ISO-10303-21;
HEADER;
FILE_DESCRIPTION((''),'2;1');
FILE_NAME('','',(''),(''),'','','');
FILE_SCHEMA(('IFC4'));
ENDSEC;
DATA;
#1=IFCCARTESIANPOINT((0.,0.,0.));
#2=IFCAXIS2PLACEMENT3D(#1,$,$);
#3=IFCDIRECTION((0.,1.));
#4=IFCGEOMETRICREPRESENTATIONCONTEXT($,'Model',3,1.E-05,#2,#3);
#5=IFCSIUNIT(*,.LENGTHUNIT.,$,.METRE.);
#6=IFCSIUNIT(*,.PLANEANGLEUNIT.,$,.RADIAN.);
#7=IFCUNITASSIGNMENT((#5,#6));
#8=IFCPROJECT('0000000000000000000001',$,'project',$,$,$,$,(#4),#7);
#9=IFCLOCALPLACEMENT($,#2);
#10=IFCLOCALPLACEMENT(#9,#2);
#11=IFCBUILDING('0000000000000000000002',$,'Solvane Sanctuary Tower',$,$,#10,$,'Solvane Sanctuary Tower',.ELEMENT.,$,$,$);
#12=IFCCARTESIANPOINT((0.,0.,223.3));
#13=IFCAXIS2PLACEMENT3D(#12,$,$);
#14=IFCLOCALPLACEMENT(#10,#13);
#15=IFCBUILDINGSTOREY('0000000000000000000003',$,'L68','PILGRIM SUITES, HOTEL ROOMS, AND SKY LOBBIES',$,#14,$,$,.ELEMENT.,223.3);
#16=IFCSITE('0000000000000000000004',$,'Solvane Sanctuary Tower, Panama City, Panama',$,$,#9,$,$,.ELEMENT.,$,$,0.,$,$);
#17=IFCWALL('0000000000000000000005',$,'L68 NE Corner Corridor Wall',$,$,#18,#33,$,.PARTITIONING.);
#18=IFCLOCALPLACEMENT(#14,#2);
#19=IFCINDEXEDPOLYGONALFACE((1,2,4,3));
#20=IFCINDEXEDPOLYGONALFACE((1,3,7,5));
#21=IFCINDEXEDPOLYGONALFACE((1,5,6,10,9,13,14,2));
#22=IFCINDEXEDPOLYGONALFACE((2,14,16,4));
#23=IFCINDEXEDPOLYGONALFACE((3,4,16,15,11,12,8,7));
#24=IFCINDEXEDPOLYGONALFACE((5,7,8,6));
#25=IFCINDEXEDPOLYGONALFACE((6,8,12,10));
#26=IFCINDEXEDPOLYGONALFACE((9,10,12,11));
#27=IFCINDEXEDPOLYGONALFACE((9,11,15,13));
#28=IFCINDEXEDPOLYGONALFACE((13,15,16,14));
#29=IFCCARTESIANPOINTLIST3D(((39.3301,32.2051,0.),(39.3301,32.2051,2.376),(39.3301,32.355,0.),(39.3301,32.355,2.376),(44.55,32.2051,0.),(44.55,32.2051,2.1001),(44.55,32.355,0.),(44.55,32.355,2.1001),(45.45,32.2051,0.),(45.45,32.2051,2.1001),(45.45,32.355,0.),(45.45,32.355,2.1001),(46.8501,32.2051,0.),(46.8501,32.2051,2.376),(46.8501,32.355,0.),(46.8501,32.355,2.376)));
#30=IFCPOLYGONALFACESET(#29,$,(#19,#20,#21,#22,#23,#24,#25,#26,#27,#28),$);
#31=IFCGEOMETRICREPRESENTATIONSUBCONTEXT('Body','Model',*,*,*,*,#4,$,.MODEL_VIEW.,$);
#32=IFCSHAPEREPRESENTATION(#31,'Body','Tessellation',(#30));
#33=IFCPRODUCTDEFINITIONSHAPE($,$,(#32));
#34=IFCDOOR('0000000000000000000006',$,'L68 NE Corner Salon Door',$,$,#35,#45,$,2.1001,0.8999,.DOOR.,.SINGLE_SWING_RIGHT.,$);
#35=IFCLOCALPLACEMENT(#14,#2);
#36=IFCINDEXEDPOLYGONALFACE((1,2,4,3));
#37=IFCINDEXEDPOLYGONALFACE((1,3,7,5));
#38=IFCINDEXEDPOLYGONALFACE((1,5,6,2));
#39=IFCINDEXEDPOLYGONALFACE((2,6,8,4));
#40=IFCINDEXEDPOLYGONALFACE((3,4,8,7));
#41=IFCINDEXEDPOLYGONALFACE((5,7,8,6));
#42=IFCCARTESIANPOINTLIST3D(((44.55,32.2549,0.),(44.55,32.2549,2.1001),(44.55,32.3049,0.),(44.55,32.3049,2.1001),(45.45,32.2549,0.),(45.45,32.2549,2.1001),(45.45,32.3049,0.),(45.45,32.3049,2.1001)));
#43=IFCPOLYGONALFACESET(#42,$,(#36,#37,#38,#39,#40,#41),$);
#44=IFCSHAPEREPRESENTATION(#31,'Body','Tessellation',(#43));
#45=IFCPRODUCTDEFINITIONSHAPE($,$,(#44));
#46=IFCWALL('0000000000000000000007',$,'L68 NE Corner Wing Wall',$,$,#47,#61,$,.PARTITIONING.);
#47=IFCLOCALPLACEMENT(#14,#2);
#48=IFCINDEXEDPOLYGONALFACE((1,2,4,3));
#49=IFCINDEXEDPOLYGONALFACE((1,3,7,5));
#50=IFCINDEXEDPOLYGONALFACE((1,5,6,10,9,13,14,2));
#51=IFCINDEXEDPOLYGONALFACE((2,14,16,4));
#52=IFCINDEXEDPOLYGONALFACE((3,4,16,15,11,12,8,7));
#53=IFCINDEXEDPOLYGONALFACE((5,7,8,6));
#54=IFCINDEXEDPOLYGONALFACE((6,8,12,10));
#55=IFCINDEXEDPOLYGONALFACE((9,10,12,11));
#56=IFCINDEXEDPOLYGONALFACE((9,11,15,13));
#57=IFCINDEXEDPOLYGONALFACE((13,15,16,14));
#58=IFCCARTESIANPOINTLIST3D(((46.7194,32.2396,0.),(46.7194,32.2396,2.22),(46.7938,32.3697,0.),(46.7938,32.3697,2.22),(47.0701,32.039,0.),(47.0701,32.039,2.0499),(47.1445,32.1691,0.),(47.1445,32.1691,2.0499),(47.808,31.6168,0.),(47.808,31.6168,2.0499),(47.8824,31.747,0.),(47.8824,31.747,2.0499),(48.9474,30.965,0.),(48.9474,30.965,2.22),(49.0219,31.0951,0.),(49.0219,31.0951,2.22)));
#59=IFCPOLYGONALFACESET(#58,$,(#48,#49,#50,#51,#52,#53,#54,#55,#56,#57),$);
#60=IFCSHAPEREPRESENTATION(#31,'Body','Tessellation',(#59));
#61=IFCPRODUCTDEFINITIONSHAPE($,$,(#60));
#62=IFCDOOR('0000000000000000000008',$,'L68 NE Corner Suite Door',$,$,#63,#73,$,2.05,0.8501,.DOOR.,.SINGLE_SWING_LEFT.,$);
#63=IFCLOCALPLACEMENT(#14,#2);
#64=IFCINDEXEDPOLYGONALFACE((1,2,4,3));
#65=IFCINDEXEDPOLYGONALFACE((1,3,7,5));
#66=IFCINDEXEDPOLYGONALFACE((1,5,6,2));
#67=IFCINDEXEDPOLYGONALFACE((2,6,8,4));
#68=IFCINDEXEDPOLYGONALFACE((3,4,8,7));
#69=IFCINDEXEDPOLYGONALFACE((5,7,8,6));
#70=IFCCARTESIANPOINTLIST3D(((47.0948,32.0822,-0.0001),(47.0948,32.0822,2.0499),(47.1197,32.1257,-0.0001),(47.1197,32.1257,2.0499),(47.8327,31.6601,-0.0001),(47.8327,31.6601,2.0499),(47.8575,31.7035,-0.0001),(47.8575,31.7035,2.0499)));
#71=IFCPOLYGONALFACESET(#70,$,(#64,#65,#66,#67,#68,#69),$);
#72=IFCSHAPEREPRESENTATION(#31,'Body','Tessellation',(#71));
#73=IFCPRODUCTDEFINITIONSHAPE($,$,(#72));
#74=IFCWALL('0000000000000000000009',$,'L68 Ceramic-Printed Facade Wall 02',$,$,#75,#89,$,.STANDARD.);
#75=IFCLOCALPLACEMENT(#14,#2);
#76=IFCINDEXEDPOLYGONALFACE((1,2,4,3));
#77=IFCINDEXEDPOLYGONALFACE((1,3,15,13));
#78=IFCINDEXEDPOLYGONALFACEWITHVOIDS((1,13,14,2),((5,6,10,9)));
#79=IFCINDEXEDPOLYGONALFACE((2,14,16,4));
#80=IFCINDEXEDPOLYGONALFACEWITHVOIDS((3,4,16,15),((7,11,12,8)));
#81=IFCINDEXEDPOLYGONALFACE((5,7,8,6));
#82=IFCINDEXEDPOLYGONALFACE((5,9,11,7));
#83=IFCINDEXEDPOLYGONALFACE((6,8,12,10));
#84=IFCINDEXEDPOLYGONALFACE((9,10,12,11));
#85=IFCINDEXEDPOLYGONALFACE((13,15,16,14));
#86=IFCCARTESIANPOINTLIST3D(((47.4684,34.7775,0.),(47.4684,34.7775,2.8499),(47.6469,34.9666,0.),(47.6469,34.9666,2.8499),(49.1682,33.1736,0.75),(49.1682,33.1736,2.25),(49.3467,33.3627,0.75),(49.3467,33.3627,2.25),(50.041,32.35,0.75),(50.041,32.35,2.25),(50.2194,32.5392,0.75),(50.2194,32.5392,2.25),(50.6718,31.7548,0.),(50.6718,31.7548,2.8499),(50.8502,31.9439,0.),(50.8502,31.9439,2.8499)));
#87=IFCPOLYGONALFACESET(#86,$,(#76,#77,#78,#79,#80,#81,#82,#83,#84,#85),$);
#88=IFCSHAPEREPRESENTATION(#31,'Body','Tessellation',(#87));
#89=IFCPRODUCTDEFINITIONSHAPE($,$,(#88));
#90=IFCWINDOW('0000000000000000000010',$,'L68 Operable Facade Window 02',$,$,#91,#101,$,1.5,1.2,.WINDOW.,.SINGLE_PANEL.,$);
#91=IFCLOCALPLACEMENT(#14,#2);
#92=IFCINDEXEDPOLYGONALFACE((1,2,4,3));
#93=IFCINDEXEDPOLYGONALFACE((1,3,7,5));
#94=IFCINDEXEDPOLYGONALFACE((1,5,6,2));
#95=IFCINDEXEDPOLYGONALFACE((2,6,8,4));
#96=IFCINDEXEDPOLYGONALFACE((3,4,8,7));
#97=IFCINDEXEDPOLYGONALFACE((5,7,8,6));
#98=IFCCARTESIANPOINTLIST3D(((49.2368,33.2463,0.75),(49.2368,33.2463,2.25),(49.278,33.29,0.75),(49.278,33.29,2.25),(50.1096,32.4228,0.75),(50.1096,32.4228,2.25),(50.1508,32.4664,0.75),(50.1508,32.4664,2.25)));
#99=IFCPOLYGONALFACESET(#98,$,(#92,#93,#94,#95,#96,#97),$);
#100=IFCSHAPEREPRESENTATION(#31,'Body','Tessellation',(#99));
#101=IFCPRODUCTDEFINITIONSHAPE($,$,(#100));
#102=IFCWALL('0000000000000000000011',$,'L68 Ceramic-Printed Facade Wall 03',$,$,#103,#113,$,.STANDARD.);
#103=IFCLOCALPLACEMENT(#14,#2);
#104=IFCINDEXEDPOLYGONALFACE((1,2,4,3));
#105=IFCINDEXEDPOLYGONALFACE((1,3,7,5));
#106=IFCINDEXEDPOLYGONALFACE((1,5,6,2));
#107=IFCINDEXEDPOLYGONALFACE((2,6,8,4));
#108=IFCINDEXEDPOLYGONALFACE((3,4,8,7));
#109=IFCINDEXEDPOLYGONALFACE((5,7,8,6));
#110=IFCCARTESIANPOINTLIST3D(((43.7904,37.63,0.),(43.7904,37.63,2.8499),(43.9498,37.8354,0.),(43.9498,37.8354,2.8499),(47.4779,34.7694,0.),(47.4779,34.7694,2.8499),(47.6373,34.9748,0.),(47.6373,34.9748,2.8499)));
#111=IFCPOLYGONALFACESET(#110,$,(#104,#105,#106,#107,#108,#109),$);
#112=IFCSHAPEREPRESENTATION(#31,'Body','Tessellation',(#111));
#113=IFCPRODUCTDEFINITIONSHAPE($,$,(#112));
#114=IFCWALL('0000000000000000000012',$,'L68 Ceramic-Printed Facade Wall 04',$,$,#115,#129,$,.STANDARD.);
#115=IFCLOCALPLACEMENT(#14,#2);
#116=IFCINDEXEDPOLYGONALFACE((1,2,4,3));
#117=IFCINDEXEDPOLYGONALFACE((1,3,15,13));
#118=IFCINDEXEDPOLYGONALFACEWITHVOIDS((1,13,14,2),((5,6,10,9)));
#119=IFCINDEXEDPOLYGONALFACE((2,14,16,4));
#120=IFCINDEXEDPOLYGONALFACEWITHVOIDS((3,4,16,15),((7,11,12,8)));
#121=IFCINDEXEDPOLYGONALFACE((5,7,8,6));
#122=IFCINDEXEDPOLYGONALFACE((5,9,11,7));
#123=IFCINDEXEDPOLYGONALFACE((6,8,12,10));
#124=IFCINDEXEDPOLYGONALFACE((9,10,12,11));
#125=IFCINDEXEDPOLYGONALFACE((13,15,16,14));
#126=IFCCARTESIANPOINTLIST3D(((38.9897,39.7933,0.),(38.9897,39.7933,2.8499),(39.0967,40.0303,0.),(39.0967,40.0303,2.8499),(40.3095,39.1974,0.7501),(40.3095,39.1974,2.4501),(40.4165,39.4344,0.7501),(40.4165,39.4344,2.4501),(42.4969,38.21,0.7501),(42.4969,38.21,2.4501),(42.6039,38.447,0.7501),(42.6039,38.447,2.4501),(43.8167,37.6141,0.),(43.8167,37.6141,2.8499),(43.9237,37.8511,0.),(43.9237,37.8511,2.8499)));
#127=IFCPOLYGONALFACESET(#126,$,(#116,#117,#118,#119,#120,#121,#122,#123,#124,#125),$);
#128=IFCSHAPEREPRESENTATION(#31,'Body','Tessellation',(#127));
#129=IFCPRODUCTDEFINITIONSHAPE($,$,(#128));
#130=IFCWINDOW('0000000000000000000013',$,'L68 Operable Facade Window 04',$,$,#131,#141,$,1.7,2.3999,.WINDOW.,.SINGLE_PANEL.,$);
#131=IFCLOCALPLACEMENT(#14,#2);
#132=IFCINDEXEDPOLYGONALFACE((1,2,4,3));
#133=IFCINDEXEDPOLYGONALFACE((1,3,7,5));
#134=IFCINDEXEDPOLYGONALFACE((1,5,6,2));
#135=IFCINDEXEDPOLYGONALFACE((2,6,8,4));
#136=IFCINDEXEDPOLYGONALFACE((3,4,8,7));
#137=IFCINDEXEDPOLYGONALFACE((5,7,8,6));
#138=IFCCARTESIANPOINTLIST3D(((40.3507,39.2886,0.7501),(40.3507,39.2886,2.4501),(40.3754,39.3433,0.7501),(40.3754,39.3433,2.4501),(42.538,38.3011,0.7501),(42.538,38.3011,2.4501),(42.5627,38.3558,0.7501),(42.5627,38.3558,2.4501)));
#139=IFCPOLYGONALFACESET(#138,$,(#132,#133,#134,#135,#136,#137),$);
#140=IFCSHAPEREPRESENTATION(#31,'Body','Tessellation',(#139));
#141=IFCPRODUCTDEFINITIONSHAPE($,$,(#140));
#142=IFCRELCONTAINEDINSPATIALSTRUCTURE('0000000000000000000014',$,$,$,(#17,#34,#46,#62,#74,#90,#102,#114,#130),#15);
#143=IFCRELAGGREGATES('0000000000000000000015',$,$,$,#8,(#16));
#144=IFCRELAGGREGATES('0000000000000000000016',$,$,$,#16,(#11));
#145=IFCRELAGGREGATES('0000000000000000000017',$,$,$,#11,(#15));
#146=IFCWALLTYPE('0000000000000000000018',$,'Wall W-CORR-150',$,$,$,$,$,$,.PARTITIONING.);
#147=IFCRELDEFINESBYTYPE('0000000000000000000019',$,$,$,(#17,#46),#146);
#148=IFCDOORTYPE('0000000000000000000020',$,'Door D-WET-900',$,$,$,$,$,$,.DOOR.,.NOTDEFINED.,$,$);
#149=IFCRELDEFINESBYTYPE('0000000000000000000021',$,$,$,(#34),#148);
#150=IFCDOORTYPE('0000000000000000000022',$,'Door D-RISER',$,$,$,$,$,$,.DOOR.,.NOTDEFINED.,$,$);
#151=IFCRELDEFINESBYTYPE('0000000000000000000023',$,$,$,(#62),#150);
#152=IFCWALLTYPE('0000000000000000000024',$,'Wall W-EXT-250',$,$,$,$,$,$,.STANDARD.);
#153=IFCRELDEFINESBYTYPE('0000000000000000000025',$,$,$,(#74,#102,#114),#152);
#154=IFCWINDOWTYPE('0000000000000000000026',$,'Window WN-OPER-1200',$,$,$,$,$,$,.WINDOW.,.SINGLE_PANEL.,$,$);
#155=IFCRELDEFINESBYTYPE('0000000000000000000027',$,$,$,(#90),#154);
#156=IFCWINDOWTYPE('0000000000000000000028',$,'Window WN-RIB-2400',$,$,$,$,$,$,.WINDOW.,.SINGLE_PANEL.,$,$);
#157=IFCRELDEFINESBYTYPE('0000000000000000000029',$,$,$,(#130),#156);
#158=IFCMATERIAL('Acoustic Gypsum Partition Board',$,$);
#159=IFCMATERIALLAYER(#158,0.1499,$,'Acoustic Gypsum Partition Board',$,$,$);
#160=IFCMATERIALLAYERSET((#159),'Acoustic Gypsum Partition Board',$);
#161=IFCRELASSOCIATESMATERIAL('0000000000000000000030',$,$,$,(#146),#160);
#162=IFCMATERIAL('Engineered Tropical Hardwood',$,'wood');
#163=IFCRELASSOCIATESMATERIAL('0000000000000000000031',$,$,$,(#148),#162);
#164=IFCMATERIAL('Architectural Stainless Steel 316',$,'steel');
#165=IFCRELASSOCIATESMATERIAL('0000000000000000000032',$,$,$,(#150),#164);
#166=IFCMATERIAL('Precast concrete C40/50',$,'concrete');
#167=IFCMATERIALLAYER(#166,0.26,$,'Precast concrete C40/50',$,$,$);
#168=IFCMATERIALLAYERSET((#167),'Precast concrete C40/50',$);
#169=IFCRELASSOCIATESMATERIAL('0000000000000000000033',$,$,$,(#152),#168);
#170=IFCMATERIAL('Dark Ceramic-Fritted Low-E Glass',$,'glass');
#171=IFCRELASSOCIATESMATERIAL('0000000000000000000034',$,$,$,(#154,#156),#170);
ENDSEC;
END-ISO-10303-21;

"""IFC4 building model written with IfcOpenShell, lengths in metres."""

from ifc_helpers import new_model, si_unit, direction, frame, frame_2d, origin, place, context, subcontext, project, spatial, rectangle, extrude, material, layer, layer_set, type_object, element, fill, save


model = new_model("IFC4")

# Units and contexts
model_context = context("Model", 3, precision=1e-05, world=origin(), true_north=direction((0.0, 1.0)))
body_context = subcontext(model_context, "Body", "Model", "MODEL_VIEW")
ifc_project = project(units=[si_unit("LENGTHUNIT", "METRE"), si_unit("PLANEANGLEUNIT", "RADIAN")], contexts=[model_context])

# Site, building, storey
site_placement = place(None, origin())
site = spatial("IfcSite", under=ifc_project, at=site_placement, Name="Solvane Sanctuary Tower, Panama City, Panama", CompositionType="ELEMENT", RefElevation=0.0)
building_placement = place(site_placement, origin())
building = spatial("IfcBuilding", under=site, at=building_placement, Name="Solvane Sanctuary Tower", LongName="Solvane Sanctuary Tower", CompositionType="ELEMENT")
storey_placement = place(building_placement, frame((0.0, 0.0, 223.3)))
storey = spatial("IfcBuildingStorey", under=building, at=storey_placement, Name="L68", Description="PILGRIM SUITES, HOTEL ROOMS, AND SKY LOBBIES", CompositionType="ELEMENT", Elevation=223.3)

# Walls, openings, doors
ifc_material_1 = material(Name="Acoustic Gypsum Partition Board")
ifc_layer_1 = layer(ifc_material_1, 0.1499, Name="Acoustic Gypsum Partition Board")
ifc_layer_set_1 = layer_set([ifc_layer_1], Name="Acoustic Gypsum Partition Board")
wall_type_1 = type_object("IfcWallType", Name="Wall W-CORR-150", PredefinedType="PARTITIONING", material=ifc_layer_set_1)
wall_1_placement = place(storey_placement, frame((39.3301, 32.28, 0.0), z_axis=(0.0, 0.0, 1.0), x_axis=(1.0, 0.0, 0.0)))
wall_1 = element("IfcWall", 1, at=wall_1_placement, inside=storey, type_object=wall_type_1, Name="L68 NE Corner Corridor Wall", PredefinedType="PARTITIONING", context=body_context, shape_type="SweptSolid", body=[
    extrude(rectangle(XDim=7.52, YDim=0.1499, at=frame_2d((3.76, 0.0))), origin(), (0.0, 0.0, 1.0), 2.376),
])
opening_1_placement = place(wall_1_placement, frame((5.22, 0.0, 0.0)))
opening_1 = element("IfcOpeningElement", 2, at=opening_1_placement, cuts=wall_1, PredefinedType="OPENING", context=body_context, shape_type="SweptSolid", body=[
    extrude(rectangle(XDim=0.8999, YDim=2.1001, at=frame_2d((0.45, 1.05))), frame((0.0, 0.085, 0.0), z_axis=(0.0, -1.0, 0.0), x_axis=(1.0, 0.0, 0.0)), (0.0, 0.0, 1.0), 0.1699),
])
ifc_material_2 = material(Name="Engineered Tropical Hardwood", Category="wood")
door_type_1 = type_object("IfcDoorType", Name="Door D-WET-900", OperationType="NOTDEFINED", PredefinedType="DOOR", material=ifc_material_2)
door_1_placement = place(opening_1_placement, origin())
door_1 = element("IfcDoor", 3, at=door_1_placement, inside=storey, type_object=door_type_1, Name="L68 NE Corner Salon Door", OperationType="SINGLE_SWING_RIGHT", OverallHeight=2.1001, OverallWidth=0.8999, PredefinedType="DOOR", context=body_context, shape_type="SweptSolid", body=[
    extrude(rectangle(XDim=0.8999, YDim=2.1001, at=frame_2d((0.45, 1.05))), frame((0.0, 0.0249, 0.0), z_axis=(0.0, -1.0, 0.0), x_axis=(1.0, 0.0, 0.0)), (0.0, 0.0, 1.0), 0.05),
])
fill(opening_1, door_1)
wall_2_placement = place(storey_placement, frame((46.7566, 32.3047, 0.0), z_axis=(0.0, 0.0, 1.0), x_axis=(0.867991, -0.496579, 0.0)))
wall_2 = element("IfcWall", 4, at=wall_2_placement, inside=storey, type_object=wall_type_1, Name="L68 NE Corner Wing Wall", PredefinedType="PARTITIONING", context=body_context, shape_type="SweptSolid", body=[
    extrude(rectangle(XDim=2.5669, YDim=0.1499, at=frame_2d((1.2834, 0.0))), origin(), (0.0, 0.0, 1.0), 2.22),
])
opening_2_placement = place(wall_2_placement, frame((0.4041, 0.0, 0.0)))
opening_2 = element("IfcOpeningElement", 5, at=opening_2_placement, cuts=wall_2, PredefinedType="OPENING", context=body_context, shape_type="SweptSolid", body=[
    extrude(rectangle(XDim=0.8501, YDim=2.05, at=frame_2d((0.425, 1.0249))), frame((0.0, 0.085, 0.0), z_axis=(0.0, -1.0, 0.0), x_axis=(1.0, 0.0, 0.0)), (0.0, 0.0, 1.0), 0.1699),
])
ifc_material_3 = material(Name="Architectural Stainless Steel 316", Category="steel")
door_type_2 = type_object("IfcDoorType", Name="Door D-RISER", OperationType="NOTDEFINED", PredefinedType="DOOR", material=ifc_material_3)
door_2_placement = place(opening_2_placement, origin())
door_2 = element("IfcDoor", 6, at=door_2_placement, inside=storey, type_object=door_type_2, Name="L68 NE Corner Suite Door", OperationType="SINGLE_SWING_LEFT", OverallHeight=2.05, OverallWidth=0.8501, PredefinedType="DOOR", context=body_context, shape_type="SweptSolid", body=[
    extrude(rectangle(XDim=0.8501, YDim=2.05, at=frame_2d((0.425, 1.0249))), frame((0.0, 0.0249, 0.0), z_axis=(0.0, -1.0, 0.0), x_axis=(1.0, 0.0, 0.0)), (0.0, 0.0, 1.0), 0.05),
])
fill(opening_2, door_2)

# Wall, opening, window
ifc_material_4 = material(Name="Precast concrete C40/50", Category="concrete")
ifc_layer_2 = layer(ifc_material_4, 0.26, Name="Precast concrete C40/50")
ifc_layer_set_2 = layer_set([ifc_layer_2], Name="Precast concrete C40/50")
wall_type_2 = type_object("IfcWallType", Name="Wall W-EXT-250", PredefinedType="STANDARD", material=ifc_layer_set_2)
wall_3_placement = place(storey_placement, frame((50.761, 31.8494, 0.0), z_axis=(0.0, 0.0, 1.0), x_axis=(-0.727319, 0.6863, 0.0)))
wall_3 = element("IfcWall", 7, at=wall_3_placement, inside=storey, type_object=wall_type_2, Name="L68 Ceramic-Printed Facade Wall 02", PredefinedType="STANDARD", context=body_context, shape_type="SweptSolid", body=[
    extrude(rectangle(XDim=4.4043, YDim=0.26, at=frame_2d((2.2021, 0.0))), origin(), (0.0, 0.0, 1.0), 2.8499),
])
opening_3_placement = place(wall_3_placement, frame((0.8672, 0.0, 0.75)))
opening_3 = element("IfcOpeningElement", 8, at=opening_3_placement, cuts=wall_3, PredefinedType="OPENING", context=body_context, shape_type="SweptSolid", body=[
    extrude(rectangle(XDim=1.2, YDim=1.5, at=frame_2d((0.6001, 0.75))), frame((0.0, 0.1399, 0.0), z_axis=(0.0, -1.0, 0.0), x_axis=(1.0, 0.0, 0.0)), (0.0, 0.0, 1.0), 0.28),
])
ifc_material_5 = material(Name="Dark Ceramic-Fritted Low-E Glass", Category="glass")
window_type_1 = type_object("IfcWindowType", Name="Window WN-OPER-1200", PartitioningType="SINGLE_PANEL", PredefinedType="WINDOW", material=ifc_material_5)
window_1_placement = place(opening_3_placement, origin())
window_1 = element("IfcWindow", 9, at=window_1_placement, inside=storey, type_object=window_type_1, Name="L68 Operable Facade Window 02", OverallHeight=1.5, OverallWidth=1.2, PartitioningType="SINGLE_PANEL", PredefinedType="WINDOW", context=body_context, shape_type="SweptSolid", body=[
    extrude(rectangle(XDim=1.2, YDim=1.5, at=frame_2d((0.6001, 0.75))), frame((0.0, 0.03, 0.0), z_axis=(0.0, -1.0, 0.0), x_axis=(1.0, 0.0, 0.0)), (0.0, 0.0, 1.0), 0.0601),
])
fill(opening_3, window_1)

# Wall
wall_4_placement = place(storey_placement, frame((47.5576, 34.8721, 0.0), z_axis=(0.0, 0.0, 1.0), x_axis=(-0.790126, 0.612944, 0.0)))
element("IfcWall", 10, at=wall_4_placement, inside=storey, type_object=wall_type_2, Name="L68 Ceramic-Printed Facade Wall 03", PredefinedType="STANDARD", context=body_context, shape_type="SweptSolid", body=[
    extrude(rectangle(XDim=4.667, YDim=0.26, at=frame_2d((2.3335, 0.0))), origin(), (0.0, 0.0, 1.0), 2.8499),
])

# Wall, opening, window
wall_5_placement = place(storey_placement, frame((43.8701, 37.7327, 0.0), z_axis=(0.0, 0.0, 1.0), x_axis=(-0.911427, 0.411461, 0.0)))
wall_5 = element("IfcWall", 11, at=wall_5_placement, inside=storey, type_object=wall_type_2, Name="L68 Ceramic-Printed Facade Wall 04", PredefinedType="STANDARD", context=body_context, shape_type="SweptSolid", body=[
    extrude(rectangle(XDim=5.2961, YDim=0.26, at=frame_2d((2.6479, 0.0))), origin(), (0.0, 0.0, 1.0), 2.8499),
])
opening_4_placement = place(wall_5_placement, frame((1.448, 0.0, 0.75)))
opening_4 = element("IfcOpeningElement", 12, at=opening_4_placement, cuts=wall_5, PredefinedType="OPENING", context=body_context, shape_type="SweptSolid", body=[
    extrude(rectangle(XDim=2.3999, YDim=1.7, at=frame_2d((1.2, 0.8501))), frame((0.0, 0.1399, 0.0), z_axis=(0.0, -1.0, 0.0), x_axis=(1.0, 0.0, 0.0)), (0.0, 0.0, 1.0), 0.28),
])
window_type_2 = type_object("IfcWindowType", Name="Window WN-RIB-2400", PartitioningType="SINGLE_PANEL", PredefinedType="WINDOW", material=ifc_material_5)
window_2_placement = place(opening_4_placement, origin())
window_2 = element("IfcWindow", 13, at=window_2_placement, inside=storey, type_object=window_type_2, Name="L68 Operable Facade Window 04", OverallHeight=1.7, OverallWidth=2.3999, PartitioningType="SINGLE_PANEL", PredefinedType="WINDOW", context=body_context, shape_type="SweptSolid", body=[
    extrude(rectangle(XDim=2.3999, YDim=1.7, at=frame_2d((1.2, 0.8501))), frame((0.0, 0.03, 0.0), z_axis=(0.0, -1.0, 0.0), x_axis=(1.0, 0.0, 0.0)), (0.0, 0.0, 1.0), 0.0601),
])
fill(opening_4, window_2)

save(model, "model.ifc")
